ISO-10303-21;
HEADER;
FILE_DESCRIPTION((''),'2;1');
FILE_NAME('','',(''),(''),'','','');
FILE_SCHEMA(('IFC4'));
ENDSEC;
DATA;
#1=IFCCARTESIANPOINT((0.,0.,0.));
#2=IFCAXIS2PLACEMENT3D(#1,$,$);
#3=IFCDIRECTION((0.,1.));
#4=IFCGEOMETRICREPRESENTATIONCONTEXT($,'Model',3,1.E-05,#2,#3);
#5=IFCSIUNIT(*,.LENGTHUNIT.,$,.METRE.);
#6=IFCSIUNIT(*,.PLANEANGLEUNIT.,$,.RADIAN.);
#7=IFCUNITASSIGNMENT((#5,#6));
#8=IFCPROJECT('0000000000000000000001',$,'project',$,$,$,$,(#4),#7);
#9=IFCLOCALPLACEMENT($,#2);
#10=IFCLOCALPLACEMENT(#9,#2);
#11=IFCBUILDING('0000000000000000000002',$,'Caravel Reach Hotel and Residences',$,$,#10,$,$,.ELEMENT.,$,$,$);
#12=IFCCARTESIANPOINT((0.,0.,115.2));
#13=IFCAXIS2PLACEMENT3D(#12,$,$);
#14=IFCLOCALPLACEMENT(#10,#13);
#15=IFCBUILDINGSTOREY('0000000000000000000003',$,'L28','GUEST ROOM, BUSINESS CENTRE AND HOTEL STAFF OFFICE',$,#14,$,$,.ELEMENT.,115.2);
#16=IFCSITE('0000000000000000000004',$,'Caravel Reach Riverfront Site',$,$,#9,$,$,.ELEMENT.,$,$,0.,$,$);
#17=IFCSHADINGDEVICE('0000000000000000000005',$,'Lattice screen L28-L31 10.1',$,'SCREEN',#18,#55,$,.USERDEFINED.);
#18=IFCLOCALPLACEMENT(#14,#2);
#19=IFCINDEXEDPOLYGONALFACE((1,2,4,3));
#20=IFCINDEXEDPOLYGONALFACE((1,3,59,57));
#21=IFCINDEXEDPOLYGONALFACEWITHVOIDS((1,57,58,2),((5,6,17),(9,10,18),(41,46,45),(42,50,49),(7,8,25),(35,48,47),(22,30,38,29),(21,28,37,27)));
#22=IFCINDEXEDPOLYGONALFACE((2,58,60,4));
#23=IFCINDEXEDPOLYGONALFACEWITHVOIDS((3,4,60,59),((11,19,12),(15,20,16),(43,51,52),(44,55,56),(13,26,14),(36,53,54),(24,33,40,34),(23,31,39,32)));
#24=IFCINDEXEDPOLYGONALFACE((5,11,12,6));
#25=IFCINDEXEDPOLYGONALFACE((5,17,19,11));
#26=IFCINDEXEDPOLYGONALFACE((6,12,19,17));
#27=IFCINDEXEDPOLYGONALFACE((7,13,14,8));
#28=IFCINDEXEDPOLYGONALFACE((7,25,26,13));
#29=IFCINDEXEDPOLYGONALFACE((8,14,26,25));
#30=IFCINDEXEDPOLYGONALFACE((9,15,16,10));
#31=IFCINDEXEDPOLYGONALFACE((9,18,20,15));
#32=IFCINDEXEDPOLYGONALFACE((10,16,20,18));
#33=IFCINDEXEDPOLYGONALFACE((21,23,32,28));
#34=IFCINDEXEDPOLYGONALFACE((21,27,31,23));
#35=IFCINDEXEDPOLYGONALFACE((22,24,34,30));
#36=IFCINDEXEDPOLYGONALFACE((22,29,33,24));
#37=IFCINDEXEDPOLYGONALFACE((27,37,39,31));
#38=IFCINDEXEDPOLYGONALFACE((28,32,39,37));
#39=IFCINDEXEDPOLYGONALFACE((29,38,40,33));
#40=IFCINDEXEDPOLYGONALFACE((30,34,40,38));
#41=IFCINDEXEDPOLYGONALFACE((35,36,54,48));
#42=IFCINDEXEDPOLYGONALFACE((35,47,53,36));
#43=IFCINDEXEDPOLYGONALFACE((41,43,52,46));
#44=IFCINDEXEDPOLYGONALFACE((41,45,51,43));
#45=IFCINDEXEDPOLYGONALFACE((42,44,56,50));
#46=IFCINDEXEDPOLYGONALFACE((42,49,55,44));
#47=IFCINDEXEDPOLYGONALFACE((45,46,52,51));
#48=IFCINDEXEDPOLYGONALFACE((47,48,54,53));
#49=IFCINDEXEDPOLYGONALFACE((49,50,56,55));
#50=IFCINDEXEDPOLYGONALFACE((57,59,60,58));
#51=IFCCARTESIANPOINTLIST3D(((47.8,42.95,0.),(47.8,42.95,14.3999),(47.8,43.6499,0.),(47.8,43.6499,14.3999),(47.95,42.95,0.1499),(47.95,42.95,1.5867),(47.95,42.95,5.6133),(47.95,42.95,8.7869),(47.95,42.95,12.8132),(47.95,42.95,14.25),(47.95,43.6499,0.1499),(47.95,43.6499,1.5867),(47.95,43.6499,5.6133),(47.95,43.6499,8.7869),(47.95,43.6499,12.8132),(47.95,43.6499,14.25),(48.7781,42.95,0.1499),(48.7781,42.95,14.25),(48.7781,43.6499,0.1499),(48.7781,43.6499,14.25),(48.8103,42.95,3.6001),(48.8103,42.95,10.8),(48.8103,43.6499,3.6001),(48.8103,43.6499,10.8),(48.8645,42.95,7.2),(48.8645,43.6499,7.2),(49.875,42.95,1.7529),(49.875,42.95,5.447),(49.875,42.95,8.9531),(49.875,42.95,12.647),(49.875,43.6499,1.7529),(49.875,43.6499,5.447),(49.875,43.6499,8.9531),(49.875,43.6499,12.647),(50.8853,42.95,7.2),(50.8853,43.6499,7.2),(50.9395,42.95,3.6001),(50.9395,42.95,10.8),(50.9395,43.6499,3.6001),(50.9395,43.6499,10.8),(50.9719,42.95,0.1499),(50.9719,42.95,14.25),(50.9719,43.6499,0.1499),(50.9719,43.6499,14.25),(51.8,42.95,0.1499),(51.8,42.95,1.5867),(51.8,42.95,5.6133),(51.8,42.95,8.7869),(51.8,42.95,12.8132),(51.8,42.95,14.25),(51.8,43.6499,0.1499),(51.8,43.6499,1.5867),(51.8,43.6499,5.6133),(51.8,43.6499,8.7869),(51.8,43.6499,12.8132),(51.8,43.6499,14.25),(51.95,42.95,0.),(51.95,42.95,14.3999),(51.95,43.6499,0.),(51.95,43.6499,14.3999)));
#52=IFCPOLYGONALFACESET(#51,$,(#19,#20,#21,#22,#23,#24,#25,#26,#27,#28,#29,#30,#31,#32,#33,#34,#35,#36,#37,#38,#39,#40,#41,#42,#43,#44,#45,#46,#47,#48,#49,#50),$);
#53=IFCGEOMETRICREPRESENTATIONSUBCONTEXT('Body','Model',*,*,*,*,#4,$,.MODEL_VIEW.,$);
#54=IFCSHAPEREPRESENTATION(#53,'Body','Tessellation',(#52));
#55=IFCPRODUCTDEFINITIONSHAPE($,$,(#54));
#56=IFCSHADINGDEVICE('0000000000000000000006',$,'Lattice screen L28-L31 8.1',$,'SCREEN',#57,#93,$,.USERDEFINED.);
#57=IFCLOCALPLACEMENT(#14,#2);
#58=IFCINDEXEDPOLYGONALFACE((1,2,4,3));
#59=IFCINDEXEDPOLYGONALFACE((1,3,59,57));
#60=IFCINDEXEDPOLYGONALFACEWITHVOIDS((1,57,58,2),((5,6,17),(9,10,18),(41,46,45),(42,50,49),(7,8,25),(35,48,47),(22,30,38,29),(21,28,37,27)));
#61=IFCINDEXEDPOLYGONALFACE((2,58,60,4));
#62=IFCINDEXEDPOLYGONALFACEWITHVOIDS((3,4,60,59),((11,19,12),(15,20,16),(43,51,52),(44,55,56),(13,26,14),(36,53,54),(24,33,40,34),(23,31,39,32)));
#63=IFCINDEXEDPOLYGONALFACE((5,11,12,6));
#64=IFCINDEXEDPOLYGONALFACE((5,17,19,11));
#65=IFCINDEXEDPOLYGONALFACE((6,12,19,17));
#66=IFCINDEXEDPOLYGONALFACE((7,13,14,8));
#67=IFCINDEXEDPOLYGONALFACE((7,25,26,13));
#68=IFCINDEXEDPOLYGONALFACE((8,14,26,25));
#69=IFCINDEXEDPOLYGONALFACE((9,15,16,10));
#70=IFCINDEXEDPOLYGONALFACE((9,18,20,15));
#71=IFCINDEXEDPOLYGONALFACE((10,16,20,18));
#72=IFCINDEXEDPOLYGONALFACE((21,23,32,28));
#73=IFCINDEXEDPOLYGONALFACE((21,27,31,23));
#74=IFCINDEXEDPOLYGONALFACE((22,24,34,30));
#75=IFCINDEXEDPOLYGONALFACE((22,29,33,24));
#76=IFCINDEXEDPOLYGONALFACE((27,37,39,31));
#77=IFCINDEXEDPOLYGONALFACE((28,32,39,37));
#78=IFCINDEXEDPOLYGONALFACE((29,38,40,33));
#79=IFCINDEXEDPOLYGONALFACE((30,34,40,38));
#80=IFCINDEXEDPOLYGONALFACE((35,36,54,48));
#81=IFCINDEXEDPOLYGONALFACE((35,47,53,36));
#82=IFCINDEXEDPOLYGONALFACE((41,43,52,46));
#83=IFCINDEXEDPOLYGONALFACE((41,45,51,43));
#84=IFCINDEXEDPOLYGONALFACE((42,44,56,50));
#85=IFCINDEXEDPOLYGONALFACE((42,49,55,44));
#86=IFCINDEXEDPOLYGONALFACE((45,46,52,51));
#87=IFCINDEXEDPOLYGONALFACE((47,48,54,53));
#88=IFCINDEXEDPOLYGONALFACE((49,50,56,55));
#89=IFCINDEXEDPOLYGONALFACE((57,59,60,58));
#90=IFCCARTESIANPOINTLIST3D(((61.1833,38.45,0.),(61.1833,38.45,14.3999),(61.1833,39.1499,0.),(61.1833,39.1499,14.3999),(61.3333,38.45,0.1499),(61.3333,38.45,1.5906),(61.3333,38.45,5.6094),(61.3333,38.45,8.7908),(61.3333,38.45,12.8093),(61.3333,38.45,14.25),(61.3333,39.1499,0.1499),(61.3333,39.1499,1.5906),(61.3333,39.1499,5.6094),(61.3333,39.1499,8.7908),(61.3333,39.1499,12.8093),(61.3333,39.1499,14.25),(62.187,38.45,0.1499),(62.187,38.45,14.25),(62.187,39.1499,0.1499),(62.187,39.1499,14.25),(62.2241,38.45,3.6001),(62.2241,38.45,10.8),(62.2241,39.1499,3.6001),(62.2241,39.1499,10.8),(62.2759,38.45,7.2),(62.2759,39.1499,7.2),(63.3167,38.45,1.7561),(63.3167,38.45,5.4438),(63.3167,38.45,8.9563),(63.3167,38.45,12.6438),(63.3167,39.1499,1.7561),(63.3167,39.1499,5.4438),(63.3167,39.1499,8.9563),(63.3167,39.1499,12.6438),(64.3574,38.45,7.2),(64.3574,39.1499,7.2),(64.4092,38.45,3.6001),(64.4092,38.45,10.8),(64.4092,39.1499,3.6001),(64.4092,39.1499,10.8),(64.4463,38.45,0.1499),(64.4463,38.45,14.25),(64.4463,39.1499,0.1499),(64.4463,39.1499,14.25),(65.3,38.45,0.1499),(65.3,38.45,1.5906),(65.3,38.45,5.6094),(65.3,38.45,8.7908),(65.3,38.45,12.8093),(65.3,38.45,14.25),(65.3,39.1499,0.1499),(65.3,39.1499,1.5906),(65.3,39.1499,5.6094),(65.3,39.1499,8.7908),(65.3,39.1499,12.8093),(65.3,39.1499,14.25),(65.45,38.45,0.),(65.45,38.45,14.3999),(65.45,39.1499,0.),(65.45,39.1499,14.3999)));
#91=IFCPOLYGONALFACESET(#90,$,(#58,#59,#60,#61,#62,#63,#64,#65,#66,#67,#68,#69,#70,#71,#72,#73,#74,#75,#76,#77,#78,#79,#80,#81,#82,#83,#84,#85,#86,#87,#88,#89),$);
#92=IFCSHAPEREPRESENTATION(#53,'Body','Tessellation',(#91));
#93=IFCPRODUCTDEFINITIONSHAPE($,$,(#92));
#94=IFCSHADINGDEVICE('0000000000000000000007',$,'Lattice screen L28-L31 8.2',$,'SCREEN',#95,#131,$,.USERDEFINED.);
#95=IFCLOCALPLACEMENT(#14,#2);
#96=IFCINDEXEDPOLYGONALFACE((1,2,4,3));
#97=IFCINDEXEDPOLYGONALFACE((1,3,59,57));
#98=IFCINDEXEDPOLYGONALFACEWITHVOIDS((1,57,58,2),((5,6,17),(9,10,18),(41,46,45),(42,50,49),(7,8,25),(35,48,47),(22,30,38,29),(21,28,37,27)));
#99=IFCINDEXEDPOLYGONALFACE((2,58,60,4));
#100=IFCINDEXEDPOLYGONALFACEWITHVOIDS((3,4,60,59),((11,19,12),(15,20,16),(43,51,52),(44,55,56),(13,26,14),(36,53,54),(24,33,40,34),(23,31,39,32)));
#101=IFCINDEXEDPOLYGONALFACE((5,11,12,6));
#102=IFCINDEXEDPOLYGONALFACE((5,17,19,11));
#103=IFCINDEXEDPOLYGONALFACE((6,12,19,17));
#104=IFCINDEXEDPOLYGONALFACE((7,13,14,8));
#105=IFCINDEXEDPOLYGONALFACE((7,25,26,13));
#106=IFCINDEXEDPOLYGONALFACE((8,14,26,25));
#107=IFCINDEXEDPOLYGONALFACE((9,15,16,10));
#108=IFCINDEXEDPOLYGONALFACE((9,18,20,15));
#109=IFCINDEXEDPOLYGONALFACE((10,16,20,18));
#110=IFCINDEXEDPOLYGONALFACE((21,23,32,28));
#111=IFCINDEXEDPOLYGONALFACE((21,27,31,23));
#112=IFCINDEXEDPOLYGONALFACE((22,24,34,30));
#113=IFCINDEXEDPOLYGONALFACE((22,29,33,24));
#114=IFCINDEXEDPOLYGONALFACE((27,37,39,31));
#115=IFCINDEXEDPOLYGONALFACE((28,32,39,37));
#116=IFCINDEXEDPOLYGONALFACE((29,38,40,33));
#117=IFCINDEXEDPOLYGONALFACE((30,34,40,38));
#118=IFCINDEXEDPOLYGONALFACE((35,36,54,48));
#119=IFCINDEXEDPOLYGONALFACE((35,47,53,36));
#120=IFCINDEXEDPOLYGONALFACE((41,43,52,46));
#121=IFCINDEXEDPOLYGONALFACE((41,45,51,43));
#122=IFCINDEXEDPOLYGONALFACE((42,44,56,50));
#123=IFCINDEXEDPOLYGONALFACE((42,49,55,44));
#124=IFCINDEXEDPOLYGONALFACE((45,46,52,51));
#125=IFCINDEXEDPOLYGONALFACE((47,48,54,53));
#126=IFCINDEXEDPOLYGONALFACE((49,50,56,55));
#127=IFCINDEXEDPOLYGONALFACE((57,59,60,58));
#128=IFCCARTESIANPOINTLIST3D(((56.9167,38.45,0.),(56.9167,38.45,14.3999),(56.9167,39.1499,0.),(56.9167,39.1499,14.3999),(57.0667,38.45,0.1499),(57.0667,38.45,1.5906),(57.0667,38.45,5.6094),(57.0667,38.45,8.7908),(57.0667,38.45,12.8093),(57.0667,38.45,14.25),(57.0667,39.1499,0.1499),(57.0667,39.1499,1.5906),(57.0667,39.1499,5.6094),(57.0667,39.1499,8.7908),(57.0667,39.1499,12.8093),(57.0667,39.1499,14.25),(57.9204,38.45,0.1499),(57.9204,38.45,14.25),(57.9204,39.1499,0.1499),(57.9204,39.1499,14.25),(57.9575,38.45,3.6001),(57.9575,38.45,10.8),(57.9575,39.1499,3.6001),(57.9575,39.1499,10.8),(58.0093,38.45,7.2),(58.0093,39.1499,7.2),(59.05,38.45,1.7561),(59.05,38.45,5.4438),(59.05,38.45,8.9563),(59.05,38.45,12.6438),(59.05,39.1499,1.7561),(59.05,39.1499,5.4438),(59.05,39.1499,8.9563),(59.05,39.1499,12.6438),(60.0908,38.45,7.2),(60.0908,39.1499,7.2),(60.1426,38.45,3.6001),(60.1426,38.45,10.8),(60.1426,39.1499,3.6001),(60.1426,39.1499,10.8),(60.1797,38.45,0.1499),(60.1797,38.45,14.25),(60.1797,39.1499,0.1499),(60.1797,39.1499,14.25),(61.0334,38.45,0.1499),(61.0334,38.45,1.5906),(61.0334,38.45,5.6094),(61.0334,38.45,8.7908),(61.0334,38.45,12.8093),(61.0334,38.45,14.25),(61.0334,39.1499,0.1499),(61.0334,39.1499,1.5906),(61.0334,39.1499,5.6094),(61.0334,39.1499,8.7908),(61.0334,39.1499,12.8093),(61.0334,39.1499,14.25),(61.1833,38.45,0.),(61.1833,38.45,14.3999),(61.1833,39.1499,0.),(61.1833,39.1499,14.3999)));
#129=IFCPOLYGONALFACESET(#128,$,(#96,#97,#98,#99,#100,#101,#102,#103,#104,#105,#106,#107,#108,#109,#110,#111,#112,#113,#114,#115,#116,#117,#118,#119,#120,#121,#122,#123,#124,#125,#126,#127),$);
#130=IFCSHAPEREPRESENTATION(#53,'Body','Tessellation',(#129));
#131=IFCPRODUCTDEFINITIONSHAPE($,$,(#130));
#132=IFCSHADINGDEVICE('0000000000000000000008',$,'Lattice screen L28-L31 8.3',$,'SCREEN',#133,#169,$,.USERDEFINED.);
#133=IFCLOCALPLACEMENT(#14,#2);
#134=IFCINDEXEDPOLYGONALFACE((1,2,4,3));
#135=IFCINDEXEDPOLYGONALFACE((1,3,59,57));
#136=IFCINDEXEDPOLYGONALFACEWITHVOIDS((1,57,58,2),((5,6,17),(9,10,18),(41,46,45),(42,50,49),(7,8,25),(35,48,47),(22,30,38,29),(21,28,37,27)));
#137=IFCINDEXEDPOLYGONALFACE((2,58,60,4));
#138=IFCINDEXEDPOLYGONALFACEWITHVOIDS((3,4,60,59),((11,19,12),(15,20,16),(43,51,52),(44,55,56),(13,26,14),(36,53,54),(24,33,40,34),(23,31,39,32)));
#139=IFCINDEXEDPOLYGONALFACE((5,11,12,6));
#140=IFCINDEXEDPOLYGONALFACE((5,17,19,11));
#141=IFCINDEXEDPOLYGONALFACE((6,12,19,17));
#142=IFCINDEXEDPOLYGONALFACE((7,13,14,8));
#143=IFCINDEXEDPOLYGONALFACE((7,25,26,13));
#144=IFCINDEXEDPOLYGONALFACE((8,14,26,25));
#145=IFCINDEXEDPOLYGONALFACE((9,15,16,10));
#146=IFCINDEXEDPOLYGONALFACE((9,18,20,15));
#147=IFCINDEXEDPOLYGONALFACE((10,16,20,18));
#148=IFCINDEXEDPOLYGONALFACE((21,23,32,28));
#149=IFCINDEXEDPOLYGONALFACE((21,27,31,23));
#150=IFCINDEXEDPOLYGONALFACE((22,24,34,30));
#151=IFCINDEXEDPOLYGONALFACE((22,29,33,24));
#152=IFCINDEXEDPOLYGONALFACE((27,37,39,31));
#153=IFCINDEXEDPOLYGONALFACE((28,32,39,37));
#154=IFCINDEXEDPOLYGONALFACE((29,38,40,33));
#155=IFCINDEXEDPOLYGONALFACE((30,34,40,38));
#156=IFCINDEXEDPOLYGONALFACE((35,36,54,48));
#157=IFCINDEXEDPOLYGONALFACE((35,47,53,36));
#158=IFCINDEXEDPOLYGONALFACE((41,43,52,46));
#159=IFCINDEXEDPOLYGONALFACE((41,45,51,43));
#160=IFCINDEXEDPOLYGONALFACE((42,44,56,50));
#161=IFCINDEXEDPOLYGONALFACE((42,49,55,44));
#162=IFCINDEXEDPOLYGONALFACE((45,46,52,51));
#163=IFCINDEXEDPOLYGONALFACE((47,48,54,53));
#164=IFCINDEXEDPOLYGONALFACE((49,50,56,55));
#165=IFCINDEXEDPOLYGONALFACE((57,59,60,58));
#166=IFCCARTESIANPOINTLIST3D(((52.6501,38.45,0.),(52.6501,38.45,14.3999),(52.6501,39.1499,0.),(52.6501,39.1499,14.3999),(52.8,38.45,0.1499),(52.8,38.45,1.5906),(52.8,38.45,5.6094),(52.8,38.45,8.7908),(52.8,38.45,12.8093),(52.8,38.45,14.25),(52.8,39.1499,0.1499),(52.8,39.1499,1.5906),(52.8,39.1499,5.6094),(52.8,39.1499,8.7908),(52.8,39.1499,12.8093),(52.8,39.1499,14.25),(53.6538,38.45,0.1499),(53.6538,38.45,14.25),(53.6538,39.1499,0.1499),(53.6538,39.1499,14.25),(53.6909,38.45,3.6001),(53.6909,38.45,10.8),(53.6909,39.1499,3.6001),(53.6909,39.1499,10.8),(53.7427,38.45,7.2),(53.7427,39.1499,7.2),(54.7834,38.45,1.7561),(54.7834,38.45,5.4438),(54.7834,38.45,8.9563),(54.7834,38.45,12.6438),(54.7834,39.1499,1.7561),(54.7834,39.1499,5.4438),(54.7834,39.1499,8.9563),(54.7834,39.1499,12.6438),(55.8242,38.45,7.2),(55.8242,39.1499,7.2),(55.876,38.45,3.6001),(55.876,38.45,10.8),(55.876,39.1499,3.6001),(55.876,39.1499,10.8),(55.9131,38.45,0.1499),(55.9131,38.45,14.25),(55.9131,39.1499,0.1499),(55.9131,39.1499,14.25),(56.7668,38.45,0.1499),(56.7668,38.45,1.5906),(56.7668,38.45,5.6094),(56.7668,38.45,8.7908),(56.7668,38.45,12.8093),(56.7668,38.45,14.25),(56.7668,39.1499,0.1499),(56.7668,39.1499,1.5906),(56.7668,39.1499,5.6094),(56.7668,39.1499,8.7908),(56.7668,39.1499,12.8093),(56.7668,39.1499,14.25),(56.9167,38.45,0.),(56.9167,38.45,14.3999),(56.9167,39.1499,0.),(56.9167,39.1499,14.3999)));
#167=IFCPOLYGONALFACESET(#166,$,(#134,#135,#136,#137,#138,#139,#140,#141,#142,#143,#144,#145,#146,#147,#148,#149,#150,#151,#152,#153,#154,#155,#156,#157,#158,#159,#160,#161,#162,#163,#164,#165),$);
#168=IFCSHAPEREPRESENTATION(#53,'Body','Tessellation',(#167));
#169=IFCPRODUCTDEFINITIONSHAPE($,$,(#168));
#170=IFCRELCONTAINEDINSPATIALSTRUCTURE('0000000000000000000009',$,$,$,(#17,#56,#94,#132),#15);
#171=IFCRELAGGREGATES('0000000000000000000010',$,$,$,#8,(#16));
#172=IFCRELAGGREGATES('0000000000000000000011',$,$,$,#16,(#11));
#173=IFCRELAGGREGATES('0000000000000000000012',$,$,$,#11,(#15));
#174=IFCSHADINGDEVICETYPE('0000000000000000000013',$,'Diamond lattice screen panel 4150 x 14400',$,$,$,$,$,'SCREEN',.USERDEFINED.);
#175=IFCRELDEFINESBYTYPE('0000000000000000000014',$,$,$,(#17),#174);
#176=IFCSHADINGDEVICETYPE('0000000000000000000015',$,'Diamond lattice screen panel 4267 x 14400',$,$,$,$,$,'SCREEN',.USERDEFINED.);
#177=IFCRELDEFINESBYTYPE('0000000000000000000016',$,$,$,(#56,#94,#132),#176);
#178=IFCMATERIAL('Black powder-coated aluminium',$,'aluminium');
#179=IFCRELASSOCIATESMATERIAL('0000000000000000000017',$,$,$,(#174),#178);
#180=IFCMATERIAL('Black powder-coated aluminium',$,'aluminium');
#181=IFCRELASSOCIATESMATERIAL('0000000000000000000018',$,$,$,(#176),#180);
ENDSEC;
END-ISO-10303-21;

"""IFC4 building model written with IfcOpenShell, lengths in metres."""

from ifc_helpers import new_model, si_unit, direction, frame, origin, place, context, subcontext, project, spatial, polyline, outline, extrude, material, type_object, element, save


model = new_model("IFC4")

# Units and contexts
model_context = context("Model", 3, precision=1e-05, world=origin(), true_north=direction((0.0, 1.0)))
body_context = subcontext(model_context, "Body", "Model", "MODEL_VIEW")
ifc_project = project(units=[si_unit("LENGTHUNIT", "METRE"), si_unit("PLANEANGLEUNIT", "RADIAN")], contexts=[model_context])

# Site, building, storey
site_placement = place(None, origin())
site = spatial("IfcSite", under=ifc_project, at=site_placement, Name="Caravel Reach Riverfront Site", CompositionType="ELEMENT", RefElevation=0.0)
building_placement = place(site_placement, origin())
building = spatial("IfcBuilding", under=site, at=building_placement, Name="Caravel Reach Hotel and Residences", CompositionType="ELEMENT")
storey_placement = place(building_placement, frame((0.0, 0.0, 115.2)))
storey = spatial("IfcBuildingStorey", under=building, at=storey_placement, Name="L28", Description="GUEST ROOM, BUSINESS CENTRE AND HOTEL STAFF OFFICE", CompositionType="ELEMENT", Elevation=115.2)

# Shading devices
ifc_material_1 = material(Name="Black powder-coated aluminium", Category="aluminium")
shading_device_type_1 = type_object("IfcShadingDeviceType", Name="Diamond lattice screen panel 4150 x 14400", ElementType="SCREEN", PredefinedType="USERDEFINED", material=ifc_material_1)
shading_device_1_placement = place(storey_placement, frame((51.95, 42.95, 0.0), z_axis=(0.0, 1.0, 0.0), x_axis=(-1.0, 0.0, 0.0)))
element("IfcShadingDevice", 1, at=shading_device_1_placement, inside=storey, type_object=shading_device_type_1, Name="Lattice screen L28-L31 10.1", ObjectType="SCREEN", PredefinedType="USERDEFINED", context=body_context, shape_type="SweptSolid", body=[
    extrude(outline(polyline([(0.0, 0.0), (4.1499, 0.0), (4.1499, 14.3999), (0.0, 14.3999), (0.0, 0.0)]), holes=[polyline([(0.978, 0.1499), (0.1499, 1.5867), (0.1499, 0.1499), (0.978, 0.1499)]), polyline([(1.0647, 7.2), (0.1499, 8.7869), (0.1499, 5.6133), (1.0647, 7.2)]), polyline([(0.1499, 12.8132), (0.978, 14.25), (0.1499, 14.25), (0.1499, 12.8132)]), polyline([(2.075, 5.447), (1.0105, 3.6001), (2.075, 1.7529), (3.1396, 3.6001), (2.075, 5.447)]), polyline([(2.075, 12.647), (1.0105, 10.8), (2.075, 8.9531), (3.1396, 10.8), (2.075, 12.647)]), polyline([(4.0, 1.5867), (3.1719, 0.1499), (4.0, 0.1499), (4.0, 1.5867)]), polyline([(3.0854, 7.2), (4.0, 5.6133), (4.0, 8.7869), (3.0854, 7.2)]), polyline([(3.1719, 14.25), (4.0, 12.8132), (4.0, 14.25), (3.1719, 14.25)])]), origin(), (0.0, 0.0, 1.0), 0.7),
])
ifc_material_2 = material(Name="Black powder-coated aluminium", Category="aluminium")
shading_device_type_2 = type_object("IfcShadingDeviceType", Name="Diamond lattice screen panel 4267 x 14400", ElementType="SCREEN", PredefinedType="USERDEFINED", material=ifc_material_2)
for number, where, z_axis, x_axis, name in (
    (2, (65.45, 38.45, 0.0), (0.0, 1.0, 0.0), (-1.0, 0.0, 0.0), "Lattice screen L28-L31 8.1"),
    (3, (61.1833, 38.45, 0.0), (0.0, 1.0, 0.0), (-1.0, 0.0, 0.0), "Lattice screen L28-L31 8.2"),
    (4, (56.9167, 38.45, 0.0), (0.0, 1.0, 0.0), (-1.0, 0.0, 0.0), "Lattice screen L28-L31 8.3"),
):
    element("IfcShadingDevice", number, at=place(storey_placement, frame(where, z_axis=z_axis, x_axis=x_axis)), inside=storey, type_object=shading_device_type_2, Name=name, ObjectType="SCREEN", PredefinedType="USERDEFINED", context=body_context, shape_type="SweptSolid", body=[
        extrude(outline(polyline([(0.0, 0.0), (4.2666, 0.0), (4.2666, 14.3999), (0.0, 14.3999), (0.0, 0.0)]), holes=[polyline([(1.0037, 0.1499), (0.1499, 1.5906), (0.1499, 0.1499), (1.0037, 0.1499)]), polyline([(1.0925, 7.2), (0.1499, 8.7908), (0.1499, 5.6094), (1.0925, 7.2)]), polyline([(0.1499, 12.8093), (1.0037, 14.25), (0.1499, 14.25), (0.1499, 12.8093)]), polyline([(2.1333, 5.4438), (1.0408, 3.6001), (2.1333, 1.7561), (3.2258, 3.6001), (2.1333, 5.4438)]), polyline([(2.1333, 12.6438), (1.0408, 10.8), (2.1333, 8.9563), (3.2258, 10.8), (2.1333, 12.6438)]), polyline([(4.1167, 1.5906), (3.2629, 0.1499), (4.1167, 0.1499), (4.1167, 1.5906)]), polyline([(3.1741, 7.2), (4.1167, 5.6094), (4.1167, 8.7908), (3.1741, 7.2)]), polyline([(3.2629, 14.25), (4.1167, 12.8093), (4.1167, 14.25), (3.2629, 14.25)])]), origin(), (0.0, 0.0, 1.0), 0.7),
    ])

save(model, "model.ifc")
